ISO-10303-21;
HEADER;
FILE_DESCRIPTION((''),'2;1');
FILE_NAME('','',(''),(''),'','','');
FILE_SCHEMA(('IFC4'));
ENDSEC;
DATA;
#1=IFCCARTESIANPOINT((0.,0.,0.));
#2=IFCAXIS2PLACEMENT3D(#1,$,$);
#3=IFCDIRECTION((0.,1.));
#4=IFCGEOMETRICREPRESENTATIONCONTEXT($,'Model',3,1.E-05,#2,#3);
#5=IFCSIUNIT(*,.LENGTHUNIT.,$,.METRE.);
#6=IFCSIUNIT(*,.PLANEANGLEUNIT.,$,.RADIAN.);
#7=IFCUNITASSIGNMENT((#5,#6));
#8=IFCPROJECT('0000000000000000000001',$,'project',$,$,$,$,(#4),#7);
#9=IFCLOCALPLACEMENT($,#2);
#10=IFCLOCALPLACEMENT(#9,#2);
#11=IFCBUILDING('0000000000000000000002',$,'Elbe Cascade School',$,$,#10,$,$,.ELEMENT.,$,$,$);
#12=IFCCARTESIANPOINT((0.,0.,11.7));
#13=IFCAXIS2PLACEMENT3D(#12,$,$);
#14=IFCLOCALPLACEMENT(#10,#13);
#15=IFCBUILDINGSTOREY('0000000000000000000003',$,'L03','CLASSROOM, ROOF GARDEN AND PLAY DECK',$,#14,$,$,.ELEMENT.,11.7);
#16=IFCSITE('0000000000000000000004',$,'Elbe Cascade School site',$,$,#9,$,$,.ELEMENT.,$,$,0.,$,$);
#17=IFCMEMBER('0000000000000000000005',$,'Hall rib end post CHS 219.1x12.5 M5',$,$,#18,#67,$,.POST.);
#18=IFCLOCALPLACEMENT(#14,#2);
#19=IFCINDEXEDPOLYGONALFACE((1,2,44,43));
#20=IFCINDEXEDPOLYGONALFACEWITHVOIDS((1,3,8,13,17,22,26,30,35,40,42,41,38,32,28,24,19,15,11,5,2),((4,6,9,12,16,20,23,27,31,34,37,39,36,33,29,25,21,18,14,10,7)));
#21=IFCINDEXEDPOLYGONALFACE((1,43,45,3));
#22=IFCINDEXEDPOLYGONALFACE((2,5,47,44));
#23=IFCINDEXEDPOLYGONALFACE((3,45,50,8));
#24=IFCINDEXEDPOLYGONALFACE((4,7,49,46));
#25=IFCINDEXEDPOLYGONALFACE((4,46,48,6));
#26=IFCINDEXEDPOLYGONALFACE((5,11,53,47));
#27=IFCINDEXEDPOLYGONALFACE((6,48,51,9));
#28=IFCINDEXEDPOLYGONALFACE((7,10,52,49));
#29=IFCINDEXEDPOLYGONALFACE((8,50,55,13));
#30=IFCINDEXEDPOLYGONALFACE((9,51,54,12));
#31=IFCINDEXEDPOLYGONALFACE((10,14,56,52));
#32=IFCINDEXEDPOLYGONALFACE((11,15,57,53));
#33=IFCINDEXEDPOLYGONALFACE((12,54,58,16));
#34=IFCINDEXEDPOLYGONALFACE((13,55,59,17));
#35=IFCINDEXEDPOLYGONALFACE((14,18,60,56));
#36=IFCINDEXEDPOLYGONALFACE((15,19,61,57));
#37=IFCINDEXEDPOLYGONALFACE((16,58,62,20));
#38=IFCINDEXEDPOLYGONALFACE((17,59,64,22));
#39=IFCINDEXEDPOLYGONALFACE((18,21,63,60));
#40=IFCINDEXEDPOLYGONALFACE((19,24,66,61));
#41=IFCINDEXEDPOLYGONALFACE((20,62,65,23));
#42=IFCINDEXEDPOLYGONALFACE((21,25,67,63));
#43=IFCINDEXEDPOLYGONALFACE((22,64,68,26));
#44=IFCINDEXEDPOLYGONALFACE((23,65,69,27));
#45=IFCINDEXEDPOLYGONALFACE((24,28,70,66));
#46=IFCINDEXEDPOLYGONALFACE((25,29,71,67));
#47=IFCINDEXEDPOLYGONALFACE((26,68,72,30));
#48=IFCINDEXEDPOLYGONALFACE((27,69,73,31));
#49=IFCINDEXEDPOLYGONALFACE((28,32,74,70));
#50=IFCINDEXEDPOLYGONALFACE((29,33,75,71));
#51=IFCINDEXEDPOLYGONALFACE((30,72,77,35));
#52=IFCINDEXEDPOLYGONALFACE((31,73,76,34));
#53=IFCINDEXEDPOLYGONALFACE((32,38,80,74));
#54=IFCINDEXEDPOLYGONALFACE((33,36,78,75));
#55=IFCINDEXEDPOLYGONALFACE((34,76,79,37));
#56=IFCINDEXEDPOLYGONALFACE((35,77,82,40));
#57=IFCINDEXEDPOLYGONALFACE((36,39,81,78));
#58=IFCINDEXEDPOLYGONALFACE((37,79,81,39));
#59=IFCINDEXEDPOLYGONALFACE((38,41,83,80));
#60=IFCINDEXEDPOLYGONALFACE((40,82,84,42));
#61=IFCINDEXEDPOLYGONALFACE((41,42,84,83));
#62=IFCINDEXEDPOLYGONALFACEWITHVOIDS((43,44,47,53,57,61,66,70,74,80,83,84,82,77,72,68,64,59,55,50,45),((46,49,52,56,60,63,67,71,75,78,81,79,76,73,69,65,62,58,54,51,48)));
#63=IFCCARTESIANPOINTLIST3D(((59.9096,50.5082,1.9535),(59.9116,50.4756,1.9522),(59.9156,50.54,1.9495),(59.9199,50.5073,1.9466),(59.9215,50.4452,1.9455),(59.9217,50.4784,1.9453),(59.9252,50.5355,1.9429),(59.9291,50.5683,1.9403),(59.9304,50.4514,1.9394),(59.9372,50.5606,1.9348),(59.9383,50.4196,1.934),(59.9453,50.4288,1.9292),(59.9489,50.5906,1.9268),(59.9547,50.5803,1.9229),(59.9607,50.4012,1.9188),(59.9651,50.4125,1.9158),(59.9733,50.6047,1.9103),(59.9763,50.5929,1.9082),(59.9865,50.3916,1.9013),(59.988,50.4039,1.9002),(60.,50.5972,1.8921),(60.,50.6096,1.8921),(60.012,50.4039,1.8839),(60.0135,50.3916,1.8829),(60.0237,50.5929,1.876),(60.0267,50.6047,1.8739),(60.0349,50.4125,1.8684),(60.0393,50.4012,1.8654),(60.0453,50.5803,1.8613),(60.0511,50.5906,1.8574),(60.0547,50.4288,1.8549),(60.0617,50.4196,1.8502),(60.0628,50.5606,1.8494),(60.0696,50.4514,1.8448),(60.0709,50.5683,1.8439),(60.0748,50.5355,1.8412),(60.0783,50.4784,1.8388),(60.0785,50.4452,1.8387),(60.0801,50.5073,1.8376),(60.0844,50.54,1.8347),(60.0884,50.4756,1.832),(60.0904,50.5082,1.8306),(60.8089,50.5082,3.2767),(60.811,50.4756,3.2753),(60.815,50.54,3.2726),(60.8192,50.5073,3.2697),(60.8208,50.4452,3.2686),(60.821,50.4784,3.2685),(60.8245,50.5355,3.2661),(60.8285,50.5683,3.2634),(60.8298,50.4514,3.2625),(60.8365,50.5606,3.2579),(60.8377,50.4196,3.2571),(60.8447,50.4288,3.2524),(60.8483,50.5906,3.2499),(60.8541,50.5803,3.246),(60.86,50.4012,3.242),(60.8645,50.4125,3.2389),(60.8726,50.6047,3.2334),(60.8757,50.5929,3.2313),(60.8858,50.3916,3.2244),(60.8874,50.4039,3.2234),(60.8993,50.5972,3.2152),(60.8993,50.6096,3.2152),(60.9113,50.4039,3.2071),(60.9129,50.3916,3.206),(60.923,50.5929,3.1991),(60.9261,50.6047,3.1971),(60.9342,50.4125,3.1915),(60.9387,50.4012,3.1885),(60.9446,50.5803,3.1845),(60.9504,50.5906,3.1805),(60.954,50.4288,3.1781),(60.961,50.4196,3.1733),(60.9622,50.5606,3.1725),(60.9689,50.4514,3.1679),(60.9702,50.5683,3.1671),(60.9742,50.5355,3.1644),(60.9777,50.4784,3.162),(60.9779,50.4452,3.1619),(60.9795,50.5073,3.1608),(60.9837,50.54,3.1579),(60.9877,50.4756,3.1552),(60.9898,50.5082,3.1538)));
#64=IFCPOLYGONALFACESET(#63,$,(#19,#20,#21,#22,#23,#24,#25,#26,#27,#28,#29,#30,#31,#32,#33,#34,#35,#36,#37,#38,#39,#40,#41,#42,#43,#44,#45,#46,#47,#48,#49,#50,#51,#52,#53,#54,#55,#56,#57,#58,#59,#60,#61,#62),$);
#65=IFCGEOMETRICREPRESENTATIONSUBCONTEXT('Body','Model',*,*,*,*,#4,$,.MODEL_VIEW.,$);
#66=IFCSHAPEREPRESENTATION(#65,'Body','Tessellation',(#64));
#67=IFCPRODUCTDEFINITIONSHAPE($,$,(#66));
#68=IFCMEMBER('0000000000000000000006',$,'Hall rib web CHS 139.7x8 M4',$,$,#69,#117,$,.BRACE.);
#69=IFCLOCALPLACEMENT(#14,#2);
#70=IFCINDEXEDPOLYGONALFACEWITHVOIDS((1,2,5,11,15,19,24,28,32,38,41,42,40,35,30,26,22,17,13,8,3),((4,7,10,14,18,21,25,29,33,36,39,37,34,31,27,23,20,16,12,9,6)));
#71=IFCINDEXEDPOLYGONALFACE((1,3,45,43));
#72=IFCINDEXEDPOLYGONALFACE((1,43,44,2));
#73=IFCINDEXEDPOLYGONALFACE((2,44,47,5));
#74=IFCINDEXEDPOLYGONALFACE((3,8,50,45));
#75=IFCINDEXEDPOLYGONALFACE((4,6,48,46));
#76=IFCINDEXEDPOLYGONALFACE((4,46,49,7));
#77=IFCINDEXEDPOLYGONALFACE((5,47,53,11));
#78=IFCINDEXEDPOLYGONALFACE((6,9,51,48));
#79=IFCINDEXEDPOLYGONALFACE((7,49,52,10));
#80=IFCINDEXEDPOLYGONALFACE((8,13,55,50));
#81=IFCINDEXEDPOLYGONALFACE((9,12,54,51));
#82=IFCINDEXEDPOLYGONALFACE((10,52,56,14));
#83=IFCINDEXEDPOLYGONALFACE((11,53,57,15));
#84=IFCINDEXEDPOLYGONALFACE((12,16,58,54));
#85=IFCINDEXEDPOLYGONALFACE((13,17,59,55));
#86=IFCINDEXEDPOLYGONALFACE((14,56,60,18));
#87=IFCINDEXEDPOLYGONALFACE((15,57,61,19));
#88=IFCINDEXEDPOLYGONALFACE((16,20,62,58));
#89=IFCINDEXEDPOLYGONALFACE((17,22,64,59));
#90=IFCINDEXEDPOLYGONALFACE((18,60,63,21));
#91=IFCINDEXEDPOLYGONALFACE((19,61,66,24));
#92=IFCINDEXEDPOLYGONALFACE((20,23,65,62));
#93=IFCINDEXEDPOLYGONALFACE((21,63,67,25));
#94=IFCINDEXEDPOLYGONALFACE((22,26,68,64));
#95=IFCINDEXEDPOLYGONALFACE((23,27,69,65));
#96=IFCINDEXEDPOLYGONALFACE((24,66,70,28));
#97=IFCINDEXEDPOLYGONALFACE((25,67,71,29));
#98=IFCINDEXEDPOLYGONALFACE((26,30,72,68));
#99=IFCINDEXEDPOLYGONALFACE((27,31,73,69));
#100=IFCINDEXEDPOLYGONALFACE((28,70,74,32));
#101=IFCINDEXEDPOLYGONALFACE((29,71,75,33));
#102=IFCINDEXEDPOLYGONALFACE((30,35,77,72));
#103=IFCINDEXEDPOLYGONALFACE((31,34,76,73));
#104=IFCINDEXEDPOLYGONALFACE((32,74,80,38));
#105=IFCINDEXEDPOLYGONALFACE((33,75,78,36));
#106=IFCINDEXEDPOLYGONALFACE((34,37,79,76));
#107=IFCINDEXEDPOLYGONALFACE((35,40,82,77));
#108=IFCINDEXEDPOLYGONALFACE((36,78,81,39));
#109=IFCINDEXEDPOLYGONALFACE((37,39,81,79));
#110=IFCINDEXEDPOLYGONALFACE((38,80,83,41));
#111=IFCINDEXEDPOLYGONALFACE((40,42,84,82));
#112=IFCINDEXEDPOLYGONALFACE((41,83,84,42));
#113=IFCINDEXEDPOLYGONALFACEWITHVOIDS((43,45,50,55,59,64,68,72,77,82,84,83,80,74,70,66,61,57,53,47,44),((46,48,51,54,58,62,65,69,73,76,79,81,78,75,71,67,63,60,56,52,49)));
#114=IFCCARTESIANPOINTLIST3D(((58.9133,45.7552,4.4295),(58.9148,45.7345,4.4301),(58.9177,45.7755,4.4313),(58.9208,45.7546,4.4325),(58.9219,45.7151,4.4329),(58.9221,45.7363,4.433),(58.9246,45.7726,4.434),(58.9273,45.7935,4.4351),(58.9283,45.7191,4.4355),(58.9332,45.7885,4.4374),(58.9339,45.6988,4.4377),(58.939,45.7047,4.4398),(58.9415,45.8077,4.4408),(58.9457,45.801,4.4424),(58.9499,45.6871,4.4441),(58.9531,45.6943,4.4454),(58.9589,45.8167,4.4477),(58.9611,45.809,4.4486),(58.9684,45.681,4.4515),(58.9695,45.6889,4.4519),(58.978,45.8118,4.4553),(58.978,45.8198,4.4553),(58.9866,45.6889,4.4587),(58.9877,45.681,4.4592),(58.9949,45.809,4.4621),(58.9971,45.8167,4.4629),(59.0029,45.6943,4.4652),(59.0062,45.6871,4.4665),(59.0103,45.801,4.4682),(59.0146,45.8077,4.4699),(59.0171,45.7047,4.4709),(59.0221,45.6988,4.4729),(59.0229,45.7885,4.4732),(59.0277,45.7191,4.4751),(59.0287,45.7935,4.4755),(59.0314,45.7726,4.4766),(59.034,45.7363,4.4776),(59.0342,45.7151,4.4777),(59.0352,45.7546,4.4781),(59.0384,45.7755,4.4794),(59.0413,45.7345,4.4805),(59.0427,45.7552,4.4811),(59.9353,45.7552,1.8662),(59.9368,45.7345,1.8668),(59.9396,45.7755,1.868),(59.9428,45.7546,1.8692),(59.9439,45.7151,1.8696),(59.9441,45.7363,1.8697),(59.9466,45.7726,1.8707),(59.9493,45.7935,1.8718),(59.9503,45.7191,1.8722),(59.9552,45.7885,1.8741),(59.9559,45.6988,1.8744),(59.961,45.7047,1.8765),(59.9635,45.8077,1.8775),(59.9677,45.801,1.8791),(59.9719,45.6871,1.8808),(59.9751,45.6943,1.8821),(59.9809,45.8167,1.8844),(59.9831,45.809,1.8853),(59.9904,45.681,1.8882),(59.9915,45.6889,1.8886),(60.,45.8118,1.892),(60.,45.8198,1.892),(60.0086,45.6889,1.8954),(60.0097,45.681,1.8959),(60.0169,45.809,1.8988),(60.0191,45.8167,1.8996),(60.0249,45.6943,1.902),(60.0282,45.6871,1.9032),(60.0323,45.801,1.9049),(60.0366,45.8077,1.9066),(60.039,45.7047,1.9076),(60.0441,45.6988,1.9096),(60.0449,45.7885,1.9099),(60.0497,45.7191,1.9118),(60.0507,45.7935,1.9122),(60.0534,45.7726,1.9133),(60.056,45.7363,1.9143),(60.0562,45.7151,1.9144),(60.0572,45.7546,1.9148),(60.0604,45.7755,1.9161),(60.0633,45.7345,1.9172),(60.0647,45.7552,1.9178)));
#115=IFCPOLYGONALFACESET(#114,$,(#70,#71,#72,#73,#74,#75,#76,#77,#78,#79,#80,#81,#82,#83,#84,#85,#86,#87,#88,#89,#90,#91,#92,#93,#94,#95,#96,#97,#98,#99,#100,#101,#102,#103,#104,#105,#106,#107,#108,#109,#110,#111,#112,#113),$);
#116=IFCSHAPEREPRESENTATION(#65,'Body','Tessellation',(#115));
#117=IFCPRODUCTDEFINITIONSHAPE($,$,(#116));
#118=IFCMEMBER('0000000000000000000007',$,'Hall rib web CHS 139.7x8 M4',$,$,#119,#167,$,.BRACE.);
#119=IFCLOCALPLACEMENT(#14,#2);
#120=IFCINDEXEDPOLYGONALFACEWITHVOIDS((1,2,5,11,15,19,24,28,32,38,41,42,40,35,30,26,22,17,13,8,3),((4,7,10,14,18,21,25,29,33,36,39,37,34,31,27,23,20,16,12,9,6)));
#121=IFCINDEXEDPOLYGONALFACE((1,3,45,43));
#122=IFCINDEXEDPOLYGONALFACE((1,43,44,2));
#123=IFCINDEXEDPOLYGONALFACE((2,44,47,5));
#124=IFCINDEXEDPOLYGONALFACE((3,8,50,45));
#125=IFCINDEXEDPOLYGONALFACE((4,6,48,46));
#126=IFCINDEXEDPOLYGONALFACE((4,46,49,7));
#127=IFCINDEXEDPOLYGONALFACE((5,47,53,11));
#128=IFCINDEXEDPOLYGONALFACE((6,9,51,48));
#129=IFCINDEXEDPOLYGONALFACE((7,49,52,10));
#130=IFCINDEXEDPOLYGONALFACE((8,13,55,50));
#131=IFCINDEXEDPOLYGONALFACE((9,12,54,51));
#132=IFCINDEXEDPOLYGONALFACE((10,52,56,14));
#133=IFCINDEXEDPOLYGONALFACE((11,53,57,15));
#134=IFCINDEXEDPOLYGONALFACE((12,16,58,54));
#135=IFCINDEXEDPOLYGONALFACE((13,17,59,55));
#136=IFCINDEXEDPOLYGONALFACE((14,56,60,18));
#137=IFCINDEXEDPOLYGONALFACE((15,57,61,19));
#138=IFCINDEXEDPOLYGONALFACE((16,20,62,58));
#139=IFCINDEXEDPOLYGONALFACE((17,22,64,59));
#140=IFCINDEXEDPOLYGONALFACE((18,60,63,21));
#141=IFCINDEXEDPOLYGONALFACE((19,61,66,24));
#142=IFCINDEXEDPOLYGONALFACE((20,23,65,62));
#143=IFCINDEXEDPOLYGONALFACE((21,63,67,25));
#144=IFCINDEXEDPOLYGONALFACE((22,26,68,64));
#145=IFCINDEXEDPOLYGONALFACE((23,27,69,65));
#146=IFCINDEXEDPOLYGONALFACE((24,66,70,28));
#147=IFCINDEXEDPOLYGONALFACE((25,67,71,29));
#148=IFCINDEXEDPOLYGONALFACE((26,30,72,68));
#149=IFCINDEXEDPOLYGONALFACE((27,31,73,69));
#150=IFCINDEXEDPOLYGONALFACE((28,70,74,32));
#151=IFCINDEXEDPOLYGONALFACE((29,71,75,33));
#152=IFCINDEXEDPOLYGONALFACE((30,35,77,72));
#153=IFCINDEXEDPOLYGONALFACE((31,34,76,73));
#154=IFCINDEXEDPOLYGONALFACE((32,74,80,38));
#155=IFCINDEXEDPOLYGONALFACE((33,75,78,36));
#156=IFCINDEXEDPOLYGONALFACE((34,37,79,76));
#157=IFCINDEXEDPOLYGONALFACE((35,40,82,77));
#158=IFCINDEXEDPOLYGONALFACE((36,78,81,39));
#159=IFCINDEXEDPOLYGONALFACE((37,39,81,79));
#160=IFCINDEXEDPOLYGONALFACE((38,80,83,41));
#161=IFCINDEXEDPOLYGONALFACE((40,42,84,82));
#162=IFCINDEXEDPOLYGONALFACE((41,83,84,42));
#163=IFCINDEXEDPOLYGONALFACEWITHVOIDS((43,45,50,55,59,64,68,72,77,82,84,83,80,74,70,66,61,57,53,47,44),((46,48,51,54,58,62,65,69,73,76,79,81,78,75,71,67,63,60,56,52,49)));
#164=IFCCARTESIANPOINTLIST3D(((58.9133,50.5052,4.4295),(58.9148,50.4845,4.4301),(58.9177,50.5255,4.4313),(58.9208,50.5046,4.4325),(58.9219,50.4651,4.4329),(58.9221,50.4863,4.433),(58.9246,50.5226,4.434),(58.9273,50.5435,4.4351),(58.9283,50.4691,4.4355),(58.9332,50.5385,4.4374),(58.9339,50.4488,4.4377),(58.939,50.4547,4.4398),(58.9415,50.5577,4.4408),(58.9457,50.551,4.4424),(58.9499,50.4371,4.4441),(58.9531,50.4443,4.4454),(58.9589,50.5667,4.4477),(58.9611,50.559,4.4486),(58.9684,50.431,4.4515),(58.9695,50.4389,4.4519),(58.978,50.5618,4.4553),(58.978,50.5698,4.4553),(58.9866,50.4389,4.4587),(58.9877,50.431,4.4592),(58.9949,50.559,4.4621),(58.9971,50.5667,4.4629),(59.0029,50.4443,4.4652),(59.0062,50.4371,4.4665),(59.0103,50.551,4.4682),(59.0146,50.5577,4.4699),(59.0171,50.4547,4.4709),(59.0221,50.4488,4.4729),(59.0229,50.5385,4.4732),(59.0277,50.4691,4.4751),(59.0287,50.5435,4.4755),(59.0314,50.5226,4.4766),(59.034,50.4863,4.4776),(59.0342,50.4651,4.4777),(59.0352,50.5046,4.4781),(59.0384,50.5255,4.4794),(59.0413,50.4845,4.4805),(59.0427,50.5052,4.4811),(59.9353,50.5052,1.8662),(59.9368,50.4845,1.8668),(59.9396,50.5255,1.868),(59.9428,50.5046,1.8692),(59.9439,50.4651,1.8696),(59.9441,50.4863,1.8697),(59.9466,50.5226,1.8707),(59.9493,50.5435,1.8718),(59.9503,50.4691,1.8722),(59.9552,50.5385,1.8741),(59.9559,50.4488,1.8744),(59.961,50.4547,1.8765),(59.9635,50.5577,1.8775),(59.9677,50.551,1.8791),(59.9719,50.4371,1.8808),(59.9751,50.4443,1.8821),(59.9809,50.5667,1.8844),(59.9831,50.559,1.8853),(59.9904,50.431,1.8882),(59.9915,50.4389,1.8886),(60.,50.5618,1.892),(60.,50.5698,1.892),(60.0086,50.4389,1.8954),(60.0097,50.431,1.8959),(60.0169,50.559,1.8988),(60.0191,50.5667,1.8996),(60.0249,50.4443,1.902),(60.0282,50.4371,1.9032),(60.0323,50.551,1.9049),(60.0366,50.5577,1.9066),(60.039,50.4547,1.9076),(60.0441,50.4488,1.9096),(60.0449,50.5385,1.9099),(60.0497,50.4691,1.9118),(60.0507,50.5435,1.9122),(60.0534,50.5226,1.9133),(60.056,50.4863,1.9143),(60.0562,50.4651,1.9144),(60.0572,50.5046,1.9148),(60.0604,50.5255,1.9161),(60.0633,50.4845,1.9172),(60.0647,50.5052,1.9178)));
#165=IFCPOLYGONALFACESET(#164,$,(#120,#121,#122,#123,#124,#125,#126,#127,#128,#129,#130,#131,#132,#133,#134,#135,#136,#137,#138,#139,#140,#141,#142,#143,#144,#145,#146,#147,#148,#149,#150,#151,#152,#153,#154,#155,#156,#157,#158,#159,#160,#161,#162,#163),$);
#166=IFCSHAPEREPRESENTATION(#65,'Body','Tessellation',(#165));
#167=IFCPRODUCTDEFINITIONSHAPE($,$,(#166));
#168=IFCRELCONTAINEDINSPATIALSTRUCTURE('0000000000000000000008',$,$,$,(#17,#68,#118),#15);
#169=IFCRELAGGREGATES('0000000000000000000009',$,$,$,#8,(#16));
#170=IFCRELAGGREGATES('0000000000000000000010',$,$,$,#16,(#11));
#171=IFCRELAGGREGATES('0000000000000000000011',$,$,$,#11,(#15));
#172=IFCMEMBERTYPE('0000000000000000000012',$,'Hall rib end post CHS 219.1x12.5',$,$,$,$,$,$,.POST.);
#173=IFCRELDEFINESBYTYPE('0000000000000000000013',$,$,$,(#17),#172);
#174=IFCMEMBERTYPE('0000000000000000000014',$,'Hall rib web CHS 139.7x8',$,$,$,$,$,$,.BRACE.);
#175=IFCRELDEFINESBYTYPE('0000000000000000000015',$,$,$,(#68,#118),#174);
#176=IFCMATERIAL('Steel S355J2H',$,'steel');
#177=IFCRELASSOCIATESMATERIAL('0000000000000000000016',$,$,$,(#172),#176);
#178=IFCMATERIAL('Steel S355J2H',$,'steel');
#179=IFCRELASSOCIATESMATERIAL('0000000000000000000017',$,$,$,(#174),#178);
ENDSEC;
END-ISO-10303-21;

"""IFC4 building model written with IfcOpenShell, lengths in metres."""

from ifc_helpers import new_model, si_unit, direction, frame, origin, origin_2d, place, context, subcontext, project, spatial, hollow_circle, extrude, material, material_profile, profile_set, type_object, element, save


model = new_model("IFC4")

# Units and contexts
model_context = context("Model", 3, precision=1e-05, world=origin(), true_north=direction((0.0, 1.0)))
body_context = subcontext(model_context, "Body", "Model", "MODEL_VIEW")
ifc_project = project(units=[si_unit("LENGTHUNIT", "METRE"), si_unit("PLANEANGLEUNIT", "RADIAN")], contexts=[model_context])

# Site, building, storey
site_placement = place(None, origin())
site = spatial("IfcSite", under=ifc_project, at=site_placement, Name="Elbe Cascade School site", CompositionType="ELEMENT", RefElevation=0.0)
building_placement = place(site_placement, origin())
building = spatial("IfcBuilding", under=site, at=building_placement, Name="Elbe Cascade School", CompositionType="ELEMENT")
storey_placement = place(building_placement, frame((0.0, 0.0, 11.7)))
storey = spatial("IfcBuildingStorey", under=building, at=storey_placement, Name="L03", Description="CLASSROOM, ROOF GARDEN AND PLAY DECK", CompositionType="ELEMENT", Elevation=11.7)

# Members
ifc_material_1 = material(Name="Steel S355J2H", Category="steel")
ifc_material_profile_1 = material_profile(ifc_material_1, hollow_circle(Radius=0.1096, WallThickness=0.0125, at=origin_2d()), Name="CHS 219.1x12.5")
ifc_profile_set_1 = profile_set([ifc_material_profile_1], Name="Steel S355J2H")
member_type_1 = type_object("IfcMemberType", Name="Hall rib end post CHS 219.1x12.5", PredefinedType="POST", material=ifc_profile_set_1)
for number, where, z_axis, x_axis, name in (
    (1, (60.0, 50.5, 1.8921), (0.562143, 0.0, 0.82704), (0.0, 1.0, 0.0), "Hall rib end post CHS 219.1x12.5 M5"),
):
    element("IfcMember", number, at=place(storey_placement, frame(where, z_axis=z_axis, x_axis=x_axis)), inside=storey, type_object=member_type_1, Name=name, PredefinedType="POST", context=body_context, shape_type="SweptSolid", body=[
        extrude(hollow_circle(Radius=0.1096, WallThickness=0.0125, at=origin_2d()), origin(), (0.0, 0.0, 1.0), 1.5999),
    ])
ifc_material_2 = material(Name="Steel S355J2H", Category="steel")
ifc_material_profile_2 = material_profile(ifc_material_2, hollow_circle(Radius=0.0698, WallThickness=0.0081, at=origin_2d()), Name="CHS 139.7x8")
ifc_profile_set_2 = profile_set([ifc_material_profile_2], Name="Steel S355J2H")
member_type_2 = type_object("IfcMemberType", Name="Hall rib web CHS 139.7x8", PredefinedType="BRACE", material=ifc_profile_set_2)
for number, where, z_axis, x_axis, name in (
    (2, (58.978, 45.75, 4.4553), (0.370353, 0.0, -0.928891), (0.0, 1.0, 0.0), "Hall rib web CHS 139.7x8 M4"),
    (3, (58.978, 50.5, 4.4553), (0.370353, 0.0, -0.928891), (0.0, 1.0, 0.0), "Hall rib web CHS 139.7x8 M4"),
):
    element("IfcMember", number, at=place(storey_placement, frame(where, z_axis=z_axis, x_axis=x_axis)), inside=storey, type_object=member_type_2, Name=name, PredefinedType="BRACE", context=body_context, shape_type="SweptSolid", body=[
        extrude(hollow_circle(Radius=0.0698, WallThickness=0.0081, at=origin_2d()), origin(), (0.0, 0.0, 1.0), 2.7595),
    ])

save(model, "model.ifc")
